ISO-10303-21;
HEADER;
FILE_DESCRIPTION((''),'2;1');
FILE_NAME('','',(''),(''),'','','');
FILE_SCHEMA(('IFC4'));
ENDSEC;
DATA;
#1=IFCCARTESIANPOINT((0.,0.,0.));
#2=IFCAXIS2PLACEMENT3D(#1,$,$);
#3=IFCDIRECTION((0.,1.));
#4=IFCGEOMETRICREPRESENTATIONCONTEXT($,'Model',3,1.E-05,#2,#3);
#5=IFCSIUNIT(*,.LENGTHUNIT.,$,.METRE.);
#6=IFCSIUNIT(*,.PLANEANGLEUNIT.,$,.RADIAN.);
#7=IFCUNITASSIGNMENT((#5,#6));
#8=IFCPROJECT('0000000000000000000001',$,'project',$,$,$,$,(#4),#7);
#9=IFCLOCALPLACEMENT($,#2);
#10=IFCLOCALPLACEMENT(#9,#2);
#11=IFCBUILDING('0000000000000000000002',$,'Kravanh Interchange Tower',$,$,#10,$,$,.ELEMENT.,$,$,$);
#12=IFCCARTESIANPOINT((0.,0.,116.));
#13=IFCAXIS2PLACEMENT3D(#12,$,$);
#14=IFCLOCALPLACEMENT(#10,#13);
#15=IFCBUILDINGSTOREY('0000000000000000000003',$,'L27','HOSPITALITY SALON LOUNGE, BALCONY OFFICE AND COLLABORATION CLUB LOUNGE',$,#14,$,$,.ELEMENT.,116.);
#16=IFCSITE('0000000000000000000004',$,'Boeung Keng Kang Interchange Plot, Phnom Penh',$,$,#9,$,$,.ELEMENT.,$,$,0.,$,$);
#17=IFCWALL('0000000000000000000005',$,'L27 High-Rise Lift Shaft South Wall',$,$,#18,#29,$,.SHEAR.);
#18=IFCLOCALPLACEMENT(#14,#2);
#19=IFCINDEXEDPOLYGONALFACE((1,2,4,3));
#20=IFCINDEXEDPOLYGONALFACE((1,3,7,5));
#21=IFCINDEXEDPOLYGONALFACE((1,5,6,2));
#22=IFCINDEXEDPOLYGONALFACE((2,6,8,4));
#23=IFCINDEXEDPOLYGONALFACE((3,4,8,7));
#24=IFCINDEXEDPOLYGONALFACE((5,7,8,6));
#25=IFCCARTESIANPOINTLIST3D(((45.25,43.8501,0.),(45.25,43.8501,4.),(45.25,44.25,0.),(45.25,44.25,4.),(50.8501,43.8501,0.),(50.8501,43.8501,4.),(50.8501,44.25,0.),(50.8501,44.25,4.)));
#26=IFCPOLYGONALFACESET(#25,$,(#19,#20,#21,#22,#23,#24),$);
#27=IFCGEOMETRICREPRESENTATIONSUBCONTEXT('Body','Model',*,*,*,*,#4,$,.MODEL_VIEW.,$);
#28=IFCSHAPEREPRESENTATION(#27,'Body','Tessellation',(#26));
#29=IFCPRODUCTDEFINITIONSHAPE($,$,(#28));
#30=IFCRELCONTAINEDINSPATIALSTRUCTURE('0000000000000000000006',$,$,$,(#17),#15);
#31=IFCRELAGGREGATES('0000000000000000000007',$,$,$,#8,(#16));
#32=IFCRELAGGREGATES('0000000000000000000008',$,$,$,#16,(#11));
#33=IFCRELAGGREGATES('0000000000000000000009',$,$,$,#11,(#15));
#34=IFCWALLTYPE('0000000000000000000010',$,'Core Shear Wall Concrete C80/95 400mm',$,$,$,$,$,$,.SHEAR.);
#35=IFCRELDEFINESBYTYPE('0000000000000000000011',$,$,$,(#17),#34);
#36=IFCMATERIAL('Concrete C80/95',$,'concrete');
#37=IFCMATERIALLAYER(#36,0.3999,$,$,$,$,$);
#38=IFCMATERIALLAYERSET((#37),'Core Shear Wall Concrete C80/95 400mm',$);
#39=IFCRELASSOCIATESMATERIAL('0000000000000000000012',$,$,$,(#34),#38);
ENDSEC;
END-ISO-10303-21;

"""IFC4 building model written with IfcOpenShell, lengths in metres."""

from ifc_helpers import new_model, si_unit, direction, frame, frame_2d, origin, place, context, subcontext, project, spatial, rectangle, extrude, material, layer, layer_set, type_object, element, save


model = new_model("IFC4")

# Units and contexts
model_context = context("Model", 3, precision=1e-05, world=origin(), true_north=direction((0.0, 1.0)))
body_context = subcontext(model_context, "Body", "Model", "MODEL_VIEW")
ifc_project = project(units=[si_unit("LENGTHUNIT", "METRE"), si_unit("PLANEANGLEUNIT", "RADIAN")], contexts=[model_context])

# Site, building, storey
site_placement = place(None, origin())
site = spatial("IfcSite", under=ifc_project, at=site_placement, Name="Boeung Keng Kang Interchange Plot, Phnom Penh", CompositionType="ELEMENT", RefElevation=0.0)
building_placement = place(site_placement, origin())
building = spatial("IfcBuilding", under=site, at=building_placement, Name="Kravanh Interchange Tower", CompositionType="ELEMENT")
storey_placement = place(building_placement, frame((0.0, 0.0, 116.0)))
storey = spatial("IfcBuildingStorey", under=building, at=storey_placement, Name="L27", Description="HOSPITALITY SALON LOUNGE, BALCONY OFFICE AND COLLABORATION CLUB LOUNGE", CompositionType="ELEMENT", Elevation=116.0)

# Shared definitions
ifc_material_1 = material(Name="Concrete C80/95", Category="concrete")
ifc_layer_1 = layer(ifc_material_1, 0.3999)
ifc_layer_set_1 = layer_set([ifc_layer_1], Name="Core Shear Wall Concrete C80/95 400mm")
wall_type_1 = type_object("IfcWallType", Name="Core Shear Wall Concrete C80/95 400mm", PredefinedType="SHEAR", material=ifc_layer_set_1)

# Wall
wall_1_placement = place(storey_placement, frame((45.25, 44.05, 0.0), z_axis=(0.0, 0.0, 1.0), x_axis=(1.0, 0.0, 0.0)))
element("IfcWall", 1, at=wall_1_placement, inside=storey, type_object=wall_type_1, Name="L27 High-Rise Lift Shaft South Wall", PredefinedType="SHEAR", context=body_context, shape_type="SweptSolid", body=[
    extrude(rectangle(XDim=5.6001, YDim=0.3999, at=frame_2d((2.8, 0.0))), origin(), (0.0, 0.0, 1.0), 4.0),
])

save(model, "model.ifc")
